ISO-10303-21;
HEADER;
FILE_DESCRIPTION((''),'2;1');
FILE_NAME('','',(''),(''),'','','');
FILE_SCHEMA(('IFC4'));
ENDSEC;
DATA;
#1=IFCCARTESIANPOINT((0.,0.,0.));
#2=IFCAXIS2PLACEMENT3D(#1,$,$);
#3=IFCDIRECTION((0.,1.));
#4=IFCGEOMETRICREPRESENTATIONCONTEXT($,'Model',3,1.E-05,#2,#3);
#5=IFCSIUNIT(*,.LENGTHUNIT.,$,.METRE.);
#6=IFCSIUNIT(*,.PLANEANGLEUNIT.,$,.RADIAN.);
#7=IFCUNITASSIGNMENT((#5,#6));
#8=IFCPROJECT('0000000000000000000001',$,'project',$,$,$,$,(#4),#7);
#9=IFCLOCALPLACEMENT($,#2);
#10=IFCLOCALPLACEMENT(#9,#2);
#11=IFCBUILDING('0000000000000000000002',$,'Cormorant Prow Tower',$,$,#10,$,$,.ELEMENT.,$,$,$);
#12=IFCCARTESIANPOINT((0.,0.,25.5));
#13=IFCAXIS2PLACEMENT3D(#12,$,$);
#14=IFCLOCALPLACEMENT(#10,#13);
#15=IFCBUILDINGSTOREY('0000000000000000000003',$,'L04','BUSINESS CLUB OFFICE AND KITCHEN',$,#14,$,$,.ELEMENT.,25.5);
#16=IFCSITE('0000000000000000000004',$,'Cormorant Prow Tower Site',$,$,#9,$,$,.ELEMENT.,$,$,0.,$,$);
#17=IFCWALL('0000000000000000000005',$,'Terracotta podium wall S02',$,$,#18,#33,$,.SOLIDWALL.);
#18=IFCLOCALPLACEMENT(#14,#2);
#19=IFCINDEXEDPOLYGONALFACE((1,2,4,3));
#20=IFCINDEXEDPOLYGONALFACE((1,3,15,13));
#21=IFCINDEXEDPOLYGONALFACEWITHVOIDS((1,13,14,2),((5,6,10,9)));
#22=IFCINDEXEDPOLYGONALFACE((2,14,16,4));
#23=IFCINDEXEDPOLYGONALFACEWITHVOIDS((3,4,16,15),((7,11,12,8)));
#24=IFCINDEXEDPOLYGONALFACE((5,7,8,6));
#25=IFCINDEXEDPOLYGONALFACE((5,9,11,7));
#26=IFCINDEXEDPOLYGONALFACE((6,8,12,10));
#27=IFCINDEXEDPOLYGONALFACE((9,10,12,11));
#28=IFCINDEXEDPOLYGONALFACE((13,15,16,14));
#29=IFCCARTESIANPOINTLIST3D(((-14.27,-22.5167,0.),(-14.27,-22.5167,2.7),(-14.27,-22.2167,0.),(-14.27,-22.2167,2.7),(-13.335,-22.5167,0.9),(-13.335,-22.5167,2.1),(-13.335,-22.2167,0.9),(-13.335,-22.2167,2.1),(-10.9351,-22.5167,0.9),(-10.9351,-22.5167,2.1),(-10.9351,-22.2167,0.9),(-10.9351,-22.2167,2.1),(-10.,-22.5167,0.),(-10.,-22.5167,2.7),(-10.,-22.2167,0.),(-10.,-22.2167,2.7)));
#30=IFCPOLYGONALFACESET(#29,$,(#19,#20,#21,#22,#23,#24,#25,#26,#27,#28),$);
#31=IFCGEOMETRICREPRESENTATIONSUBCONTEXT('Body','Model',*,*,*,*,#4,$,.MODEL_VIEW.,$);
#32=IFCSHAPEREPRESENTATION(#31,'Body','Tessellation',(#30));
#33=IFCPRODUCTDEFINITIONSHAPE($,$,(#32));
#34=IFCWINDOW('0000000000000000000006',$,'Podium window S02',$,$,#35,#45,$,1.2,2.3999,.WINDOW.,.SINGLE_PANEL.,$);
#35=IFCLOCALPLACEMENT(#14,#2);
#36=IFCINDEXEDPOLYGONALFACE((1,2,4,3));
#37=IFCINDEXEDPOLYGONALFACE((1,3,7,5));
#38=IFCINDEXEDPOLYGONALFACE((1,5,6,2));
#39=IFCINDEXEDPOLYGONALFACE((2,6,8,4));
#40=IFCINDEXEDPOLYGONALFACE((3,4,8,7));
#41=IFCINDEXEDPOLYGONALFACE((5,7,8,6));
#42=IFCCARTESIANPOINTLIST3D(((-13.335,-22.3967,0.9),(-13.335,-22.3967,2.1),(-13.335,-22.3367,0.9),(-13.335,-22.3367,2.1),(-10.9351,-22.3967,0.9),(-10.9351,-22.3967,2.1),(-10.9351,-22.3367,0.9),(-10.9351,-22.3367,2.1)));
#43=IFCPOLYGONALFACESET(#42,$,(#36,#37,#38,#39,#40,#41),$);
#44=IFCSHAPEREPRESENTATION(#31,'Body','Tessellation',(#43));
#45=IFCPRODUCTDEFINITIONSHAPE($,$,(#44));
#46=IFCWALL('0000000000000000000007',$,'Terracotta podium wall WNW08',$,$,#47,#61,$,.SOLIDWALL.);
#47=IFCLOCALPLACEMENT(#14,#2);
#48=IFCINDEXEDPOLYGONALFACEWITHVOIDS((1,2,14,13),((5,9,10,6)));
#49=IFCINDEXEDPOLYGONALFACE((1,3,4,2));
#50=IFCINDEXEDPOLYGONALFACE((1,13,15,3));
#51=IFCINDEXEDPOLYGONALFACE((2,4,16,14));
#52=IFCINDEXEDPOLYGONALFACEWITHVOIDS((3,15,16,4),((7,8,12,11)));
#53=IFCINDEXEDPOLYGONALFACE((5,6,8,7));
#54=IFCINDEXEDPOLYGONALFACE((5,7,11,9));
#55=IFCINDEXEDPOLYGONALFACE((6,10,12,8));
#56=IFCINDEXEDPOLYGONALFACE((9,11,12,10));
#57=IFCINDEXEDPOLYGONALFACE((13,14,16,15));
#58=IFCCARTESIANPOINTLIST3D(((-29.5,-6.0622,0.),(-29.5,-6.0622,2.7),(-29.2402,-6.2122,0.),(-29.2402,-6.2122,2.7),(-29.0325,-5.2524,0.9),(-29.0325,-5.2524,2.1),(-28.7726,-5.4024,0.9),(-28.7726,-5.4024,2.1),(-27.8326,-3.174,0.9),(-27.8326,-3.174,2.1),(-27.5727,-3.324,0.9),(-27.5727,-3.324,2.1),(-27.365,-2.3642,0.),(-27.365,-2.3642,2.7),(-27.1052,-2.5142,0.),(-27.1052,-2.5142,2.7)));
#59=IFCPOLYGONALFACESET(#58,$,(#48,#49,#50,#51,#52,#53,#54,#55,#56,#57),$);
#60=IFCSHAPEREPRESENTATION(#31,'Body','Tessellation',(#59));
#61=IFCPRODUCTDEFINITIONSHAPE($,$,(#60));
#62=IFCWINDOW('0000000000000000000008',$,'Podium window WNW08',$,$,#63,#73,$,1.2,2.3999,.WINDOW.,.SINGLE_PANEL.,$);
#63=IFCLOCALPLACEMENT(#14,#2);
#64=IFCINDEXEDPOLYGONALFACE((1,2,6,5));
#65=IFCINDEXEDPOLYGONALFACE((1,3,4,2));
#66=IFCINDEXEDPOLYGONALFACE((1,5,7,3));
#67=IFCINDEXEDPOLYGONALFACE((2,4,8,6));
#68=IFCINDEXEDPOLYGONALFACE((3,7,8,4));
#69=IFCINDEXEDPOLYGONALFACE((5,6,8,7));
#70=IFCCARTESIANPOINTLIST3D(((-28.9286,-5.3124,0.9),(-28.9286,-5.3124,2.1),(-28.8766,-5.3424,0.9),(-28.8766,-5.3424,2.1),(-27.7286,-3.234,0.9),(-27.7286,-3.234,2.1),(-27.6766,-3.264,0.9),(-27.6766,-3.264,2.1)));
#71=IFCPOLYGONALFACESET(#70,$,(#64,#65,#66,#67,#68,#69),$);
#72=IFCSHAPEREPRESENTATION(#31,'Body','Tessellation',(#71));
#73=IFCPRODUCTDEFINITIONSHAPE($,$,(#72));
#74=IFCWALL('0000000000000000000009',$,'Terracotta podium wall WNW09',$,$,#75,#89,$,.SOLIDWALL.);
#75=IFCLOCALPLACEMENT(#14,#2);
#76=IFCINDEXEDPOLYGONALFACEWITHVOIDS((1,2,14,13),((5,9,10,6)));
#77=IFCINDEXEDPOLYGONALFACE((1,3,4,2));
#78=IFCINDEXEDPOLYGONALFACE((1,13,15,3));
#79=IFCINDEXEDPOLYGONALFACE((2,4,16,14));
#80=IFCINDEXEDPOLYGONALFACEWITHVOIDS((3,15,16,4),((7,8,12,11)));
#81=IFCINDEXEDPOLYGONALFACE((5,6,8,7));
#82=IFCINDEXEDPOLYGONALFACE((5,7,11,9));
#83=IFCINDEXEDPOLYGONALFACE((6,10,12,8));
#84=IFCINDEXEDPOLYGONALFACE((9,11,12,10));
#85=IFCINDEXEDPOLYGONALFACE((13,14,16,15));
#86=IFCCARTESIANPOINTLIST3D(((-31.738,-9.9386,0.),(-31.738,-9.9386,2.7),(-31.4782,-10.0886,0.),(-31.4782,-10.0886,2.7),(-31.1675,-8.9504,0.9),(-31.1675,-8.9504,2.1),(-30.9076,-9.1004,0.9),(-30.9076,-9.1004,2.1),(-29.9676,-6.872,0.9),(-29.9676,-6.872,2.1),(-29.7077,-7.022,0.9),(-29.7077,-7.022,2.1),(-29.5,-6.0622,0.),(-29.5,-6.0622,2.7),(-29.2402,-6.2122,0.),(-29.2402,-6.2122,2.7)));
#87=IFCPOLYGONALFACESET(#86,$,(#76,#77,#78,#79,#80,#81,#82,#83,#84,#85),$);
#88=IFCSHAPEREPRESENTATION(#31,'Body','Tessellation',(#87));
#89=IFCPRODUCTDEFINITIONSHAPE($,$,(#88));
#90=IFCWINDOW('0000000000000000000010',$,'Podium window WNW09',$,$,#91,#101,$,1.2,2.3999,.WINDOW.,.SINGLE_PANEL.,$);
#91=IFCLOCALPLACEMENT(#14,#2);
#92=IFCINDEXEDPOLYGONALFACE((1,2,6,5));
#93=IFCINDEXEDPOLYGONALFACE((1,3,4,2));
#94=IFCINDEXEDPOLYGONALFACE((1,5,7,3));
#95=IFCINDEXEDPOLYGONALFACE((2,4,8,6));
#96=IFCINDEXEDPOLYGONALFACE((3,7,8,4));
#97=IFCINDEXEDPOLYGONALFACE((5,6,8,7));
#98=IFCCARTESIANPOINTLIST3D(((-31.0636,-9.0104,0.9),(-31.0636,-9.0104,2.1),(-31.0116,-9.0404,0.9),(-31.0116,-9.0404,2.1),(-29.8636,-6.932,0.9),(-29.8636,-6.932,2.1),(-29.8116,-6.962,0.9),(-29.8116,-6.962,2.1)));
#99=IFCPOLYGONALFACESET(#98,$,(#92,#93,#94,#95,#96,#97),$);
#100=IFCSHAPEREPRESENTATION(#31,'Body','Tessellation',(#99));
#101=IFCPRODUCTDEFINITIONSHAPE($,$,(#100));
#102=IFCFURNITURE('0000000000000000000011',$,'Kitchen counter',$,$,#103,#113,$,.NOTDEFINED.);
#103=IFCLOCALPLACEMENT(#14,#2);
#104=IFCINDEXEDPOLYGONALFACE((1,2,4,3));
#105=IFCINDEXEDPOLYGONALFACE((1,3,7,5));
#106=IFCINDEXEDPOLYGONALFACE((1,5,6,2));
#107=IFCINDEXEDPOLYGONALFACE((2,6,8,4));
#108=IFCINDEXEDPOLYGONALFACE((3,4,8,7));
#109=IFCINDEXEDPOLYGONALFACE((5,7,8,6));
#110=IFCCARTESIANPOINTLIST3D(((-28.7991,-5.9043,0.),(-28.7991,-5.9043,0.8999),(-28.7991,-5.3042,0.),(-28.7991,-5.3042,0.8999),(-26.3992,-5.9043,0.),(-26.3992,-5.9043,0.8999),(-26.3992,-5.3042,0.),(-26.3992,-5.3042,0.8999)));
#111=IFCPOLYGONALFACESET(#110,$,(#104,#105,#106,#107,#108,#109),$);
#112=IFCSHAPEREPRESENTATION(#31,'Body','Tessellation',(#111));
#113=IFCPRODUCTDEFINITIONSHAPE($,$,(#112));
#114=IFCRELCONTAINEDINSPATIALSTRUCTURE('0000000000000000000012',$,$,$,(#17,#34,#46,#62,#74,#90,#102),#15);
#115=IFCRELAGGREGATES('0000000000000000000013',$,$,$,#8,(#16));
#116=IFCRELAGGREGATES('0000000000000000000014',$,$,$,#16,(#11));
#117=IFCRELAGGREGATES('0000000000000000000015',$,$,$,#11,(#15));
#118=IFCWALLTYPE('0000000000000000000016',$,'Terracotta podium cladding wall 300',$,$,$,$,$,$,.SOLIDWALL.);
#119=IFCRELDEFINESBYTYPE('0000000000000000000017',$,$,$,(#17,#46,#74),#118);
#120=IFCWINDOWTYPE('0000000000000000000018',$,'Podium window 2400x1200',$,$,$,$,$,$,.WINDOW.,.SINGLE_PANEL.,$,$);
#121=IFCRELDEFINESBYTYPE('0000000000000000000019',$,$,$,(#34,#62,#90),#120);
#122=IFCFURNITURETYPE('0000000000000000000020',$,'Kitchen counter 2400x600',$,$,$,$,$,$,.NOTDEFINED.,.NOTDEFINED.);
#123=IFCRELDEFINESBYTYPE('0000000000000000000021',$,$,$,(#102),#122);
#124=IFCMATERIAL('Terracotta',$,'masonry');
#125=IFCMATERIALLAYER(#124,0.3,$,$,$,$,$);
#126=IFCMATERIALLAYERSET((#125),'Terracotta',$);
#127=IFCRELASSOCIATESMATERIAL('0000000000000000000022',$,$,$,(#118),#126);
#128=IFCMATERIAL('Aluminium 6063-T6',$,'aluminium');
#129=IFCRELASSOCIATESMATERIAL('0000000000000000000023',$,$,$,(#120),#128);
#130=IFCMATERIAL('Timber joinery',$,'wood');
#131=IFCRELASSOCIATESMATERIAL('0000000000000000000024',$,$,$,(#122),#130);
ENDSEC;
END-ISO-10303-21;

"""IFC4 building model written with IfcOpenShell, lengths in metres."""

from ifc_helpers import new_model, si_unit, direction, frame, frame_2d, origin, origin_2d, place, context, subcontext, project, spatial, rectangle, extrude, material, layer, layer_set, type_object, element, fill, save


model = new_model("IFC4")

# Units and contexts
model_context = context("Model", 3, precision=1e-05, world=origin(), true_north=direction((0.0, 1.0)))
body_context = subcontext(model_context, "Body", "Model", "MODEL_VIEW")
ifc_project = project(units=[si_unit("LENGTHUNIT", "METRE"), si_unit("PLANEANGLEUNIT", "RADIAN")], contexts=[model_context])

# Site, building, storey
site_placement = place(None, origin())
site = spatial("IfcSite", under=ifc_project, at=site_placement, Name="Cormorant Prow Tower Site", CompositionType="ELEMENT", RefElevation=0.0)
building_placement = place(site_placement, origin())
building = spatial("IfcBuilding", under=site, at=building_placement, Name="Cormorant Prow Tower", CompositionType="ELEMENT")
storey_placement = place(building_placement, frame((0.0, 0.0, 25.5)))
storey = spatial("IfcBuildingStorey", under=building, at=storey_placement, Name="L04", Description="BUSINESS CLUB OFFICE AND KITCHEN", CompositionType="ELEMENT", Elevation=25.5)

# Walls, openings, windows
ifc_material_1 = material(Name="Terracotta", Category="masonry")
ifc_layer_1 = layer(ifc_material_1, 0.3)
ifc_layer_set_1 = layer_set([ifc_layer_1], Name="Terracotta")
wall_type_1 = type_object("IfcWallType", Name="Terracotta podium cladding wall 300", PredefinedType="SOLIDWALL", material=ifc_layer_set_1)
ifc_material_2 = material(Name="Aluminium 6063-T6", Category="aluminium")
window_type = type_object("IfcWindowType", Name="Podium window 2400x1200", PartitioningType="SINGLE_PANEL", PredefinedType="WINDOW", material=ifc_material_2)
wall_1_placement = place(storey_placement, frame((-14.27, -22.3667, 0.0), z_axis=(0.0, 0.0, 1.0), x_axis=(1.0, 0.0, 0.0)))
wall_1 = element("IfcWall", 1, at=wall_1_placement, inside=storey, type_object=wall_type_1, Name="Terracotta podium wall S02", PredefinedType="SOLIDWALL", context=body_context, shape_type="SweptSolid", body=[
    extrude(rectangle(XDim=4.27, YDim=0.3, at=frame_2d((2.135, 0.0))), origin(), (0.0, 0.0, 1.0), 2.7),
])
opening_1_placement = place(wall_1_placement, frame((0.9351, 0.0, 0.8999)))
opening_1 = element("IfcOpeningElement", 2, at=opening_1_placement, cuts=wall_1, PredefinedType="OPENING", context=body_context, shape_type="SweptSolid", body=[
    extrude(rectangle(XDim=2.3999, YDim=1.2, at=frame_2d((1.2, 0.6001))), frame((0.0, 0.1599, 0.0), z_axis=(0.0, -1.0, 0.0), x_axis=(1.0, 0.0, 0.0)), (0.0, 0.0, 1.0), 0.3201),
])
window_1_placement = place(opening_1_placement, origin())
window_1 = element("IfcWindow", 3, at=window_1_placement, inside=storey, type_object=window_type, Name="Podium window S02", OverallHeight=1.2, OverallWidth=2.3999, PartitioningType="SINGLE_PANEL", PredefinedType="WINDOW", context=body_context, shape_type="SweptSolid", body=[
    extrude(rectangle(XDim=2.3999, YDim=1.2, at=frame_2d((1.2, 0.6001))), frame((0.0, 0.03, 0.0), z_axis=(0.0, -1.0, 0.0), x_axis=(1.0, 0.0, 0.0)), (0.0, 0.0, 1.0), 0.0601),
])
fill(opening_1, window_1)
wall_2_placement = place(storey_placement, frame((-27.2351, -2.4392, 0.0), z_axis=(0.0, 0.0, 1.0), x_axis=(-0.499995, -0.866028, 0.0)))
wall_2 = element("IfcWall", 4, at=wall_2_placement, inside=storey, type_object=wall_type_1, Name="Terracotta podium wall WNW08", PredefinedType="SOLIDWALL", context=body_context, shape_type="SweptSolid", body=[
    extrude(rectangle(XDim=4.27, YDim=0.3, at=frame_2d((2.135, 0.0))), origin(), (0.0, 0.0, 1.0), 2.7),
])
opening_2_placement = place(wall_2_placement, frame((0.9351, 0.0, 0.8999)))
opening_2 = element("IfcOpeningElement", 5, at=opening_2_placement, cuts=wall_2, PredefinedType="OPENING", context=body_context, shape_type="SweptSolid", body=[
    extrude(rectangle(XDim=2.3999, YDim=1.2, at=frame_2d((1.2, 0.6001))), frame((0.0, 0.1599, 0.0), z_axis=(0.0, -1.0, 0.0), x_axis=(1.0, 0.0, 0.0)), (0.0, 0.0, 1.0), 0.3201),
])
window_2_placement = place(opening_2_placement, origin())
window_2 = element("IfcWindow", 6, at=window_2_placement, inside=storey, type_object=window_type, Name="Podium window WNW08", OverallHeight=1.2, OverallWidth=2.3999, PartitioningType="SINGLE_PANEL", PredefinedType="WINDOW", context=body_context, shape_type="SweptSolid", body=[
    extrude(rectangle(XDim=2.3999, YDim=1.2, at=frame_2d((1.2, 0.6001))), frame((0.0, 0.03, 0.0), z_axis=(0.0, -1.0, 0.0), x_axis=(1.0, 0.0, 0.0)), (0.0, 0.0, 1.0), 0.0601),
])
fill(opening_2, window_2)
wall_3_placement = place(storey_placement, frame((-29.3701, -6.1372, 0.0), z_axis=(0.0, 0.0, 1.0), x_axis=(-0.499993, -0.866029, 0.0)))
wall_3 = element("IfcWall", 7, at=wall_3_placement, inside=storey, type_object=wall_type_1, Name="Terracotta podium wall WNW09", PredefinedType="SOLIDWALL", context=body_context, shape_type="SweptSolid", body=[
    extrude(rectangle(XDim=4.4761, YDim=0.3, at=frame_2d((2.238, 0.0))), origin(), (0.0, 0.0, 1.0), 2.7),
])
opening_3_placement = place(wall_3_placement, frame((0.9351, 0.0, 0.8999)))
opening_3 = element("IfcOpeningElement", 8, at=opening_3_placement, cuts=wall_3, PredefinedType="OPENING", context=body_context, shape_type="SweptSolid", body=[
    extrude(rectangle(XDim=2.3999, YDim=1.2, at=frame_2d((1.2, 0.6001))), frame((0.0, 0.1599, 0.0), z_axis=(0.0, -1.0, 0.0), x_axis=(1.0, 0.0, 0.0)), (0.0, 0.0, 1.0), 0.3201),
])
window_3_placement = place(opening_3_placement, origin())
window_3 = element("IfcWindow", 9, at=window_3_placement, inside=storey, type_object=window_type, Name="Podium window WNW09", OverallHeight=1.2, OverallWidth=2.3999, PartitioningType="SINGLE_PANEL", PredefinedType="WINDOW", context=body_context, shape_type="SweptSolid", body=[
    extrude(rectangle(XDim=2.3999, YDim=1.2, at=frame_2d((1.2, 0.6001))), frame((0.0, 0.03, 0.0), z_axis=(0.0, -1.0, 0.0), x_axis=(1.0, 0.0, 0.0)), (0.0, 0.0, 1.0), 0.0601),
])
fill(opening_3, window_3)

# Furniture
ifc_material_3 = material(Name="Timber joinery", Category="wood")
furniture_type = type_object("IfcFurnitureType", Name="Kitchen counter 2400x600", AssemblyPlace="NOTDEFINED", PredefinedType="NOTDEFINED", material=ifc_material_3)
furniture_placement = place(storey_placement, frame((-27.5991, -5.6042, 0.0), z_axis=(0.0, 0.0, 1.0), x_axis=(1.0, 0.0, 0.0)))
element("IfcFurniture", 10, at=furniture_placement, inside=storey, type_object=furniture_type, Name="Kitchen counter", PredefinedType="NOTDEFINED", context=body_context, shape_type="SweptSolid", body=[
    extrude(rectangle(XDim=2.3999, YDim=0.6001, at=origin_2d()), origin(), (0.0, 0.0, 1.0), 0.8999),
])

save(model, "model.ifc")
